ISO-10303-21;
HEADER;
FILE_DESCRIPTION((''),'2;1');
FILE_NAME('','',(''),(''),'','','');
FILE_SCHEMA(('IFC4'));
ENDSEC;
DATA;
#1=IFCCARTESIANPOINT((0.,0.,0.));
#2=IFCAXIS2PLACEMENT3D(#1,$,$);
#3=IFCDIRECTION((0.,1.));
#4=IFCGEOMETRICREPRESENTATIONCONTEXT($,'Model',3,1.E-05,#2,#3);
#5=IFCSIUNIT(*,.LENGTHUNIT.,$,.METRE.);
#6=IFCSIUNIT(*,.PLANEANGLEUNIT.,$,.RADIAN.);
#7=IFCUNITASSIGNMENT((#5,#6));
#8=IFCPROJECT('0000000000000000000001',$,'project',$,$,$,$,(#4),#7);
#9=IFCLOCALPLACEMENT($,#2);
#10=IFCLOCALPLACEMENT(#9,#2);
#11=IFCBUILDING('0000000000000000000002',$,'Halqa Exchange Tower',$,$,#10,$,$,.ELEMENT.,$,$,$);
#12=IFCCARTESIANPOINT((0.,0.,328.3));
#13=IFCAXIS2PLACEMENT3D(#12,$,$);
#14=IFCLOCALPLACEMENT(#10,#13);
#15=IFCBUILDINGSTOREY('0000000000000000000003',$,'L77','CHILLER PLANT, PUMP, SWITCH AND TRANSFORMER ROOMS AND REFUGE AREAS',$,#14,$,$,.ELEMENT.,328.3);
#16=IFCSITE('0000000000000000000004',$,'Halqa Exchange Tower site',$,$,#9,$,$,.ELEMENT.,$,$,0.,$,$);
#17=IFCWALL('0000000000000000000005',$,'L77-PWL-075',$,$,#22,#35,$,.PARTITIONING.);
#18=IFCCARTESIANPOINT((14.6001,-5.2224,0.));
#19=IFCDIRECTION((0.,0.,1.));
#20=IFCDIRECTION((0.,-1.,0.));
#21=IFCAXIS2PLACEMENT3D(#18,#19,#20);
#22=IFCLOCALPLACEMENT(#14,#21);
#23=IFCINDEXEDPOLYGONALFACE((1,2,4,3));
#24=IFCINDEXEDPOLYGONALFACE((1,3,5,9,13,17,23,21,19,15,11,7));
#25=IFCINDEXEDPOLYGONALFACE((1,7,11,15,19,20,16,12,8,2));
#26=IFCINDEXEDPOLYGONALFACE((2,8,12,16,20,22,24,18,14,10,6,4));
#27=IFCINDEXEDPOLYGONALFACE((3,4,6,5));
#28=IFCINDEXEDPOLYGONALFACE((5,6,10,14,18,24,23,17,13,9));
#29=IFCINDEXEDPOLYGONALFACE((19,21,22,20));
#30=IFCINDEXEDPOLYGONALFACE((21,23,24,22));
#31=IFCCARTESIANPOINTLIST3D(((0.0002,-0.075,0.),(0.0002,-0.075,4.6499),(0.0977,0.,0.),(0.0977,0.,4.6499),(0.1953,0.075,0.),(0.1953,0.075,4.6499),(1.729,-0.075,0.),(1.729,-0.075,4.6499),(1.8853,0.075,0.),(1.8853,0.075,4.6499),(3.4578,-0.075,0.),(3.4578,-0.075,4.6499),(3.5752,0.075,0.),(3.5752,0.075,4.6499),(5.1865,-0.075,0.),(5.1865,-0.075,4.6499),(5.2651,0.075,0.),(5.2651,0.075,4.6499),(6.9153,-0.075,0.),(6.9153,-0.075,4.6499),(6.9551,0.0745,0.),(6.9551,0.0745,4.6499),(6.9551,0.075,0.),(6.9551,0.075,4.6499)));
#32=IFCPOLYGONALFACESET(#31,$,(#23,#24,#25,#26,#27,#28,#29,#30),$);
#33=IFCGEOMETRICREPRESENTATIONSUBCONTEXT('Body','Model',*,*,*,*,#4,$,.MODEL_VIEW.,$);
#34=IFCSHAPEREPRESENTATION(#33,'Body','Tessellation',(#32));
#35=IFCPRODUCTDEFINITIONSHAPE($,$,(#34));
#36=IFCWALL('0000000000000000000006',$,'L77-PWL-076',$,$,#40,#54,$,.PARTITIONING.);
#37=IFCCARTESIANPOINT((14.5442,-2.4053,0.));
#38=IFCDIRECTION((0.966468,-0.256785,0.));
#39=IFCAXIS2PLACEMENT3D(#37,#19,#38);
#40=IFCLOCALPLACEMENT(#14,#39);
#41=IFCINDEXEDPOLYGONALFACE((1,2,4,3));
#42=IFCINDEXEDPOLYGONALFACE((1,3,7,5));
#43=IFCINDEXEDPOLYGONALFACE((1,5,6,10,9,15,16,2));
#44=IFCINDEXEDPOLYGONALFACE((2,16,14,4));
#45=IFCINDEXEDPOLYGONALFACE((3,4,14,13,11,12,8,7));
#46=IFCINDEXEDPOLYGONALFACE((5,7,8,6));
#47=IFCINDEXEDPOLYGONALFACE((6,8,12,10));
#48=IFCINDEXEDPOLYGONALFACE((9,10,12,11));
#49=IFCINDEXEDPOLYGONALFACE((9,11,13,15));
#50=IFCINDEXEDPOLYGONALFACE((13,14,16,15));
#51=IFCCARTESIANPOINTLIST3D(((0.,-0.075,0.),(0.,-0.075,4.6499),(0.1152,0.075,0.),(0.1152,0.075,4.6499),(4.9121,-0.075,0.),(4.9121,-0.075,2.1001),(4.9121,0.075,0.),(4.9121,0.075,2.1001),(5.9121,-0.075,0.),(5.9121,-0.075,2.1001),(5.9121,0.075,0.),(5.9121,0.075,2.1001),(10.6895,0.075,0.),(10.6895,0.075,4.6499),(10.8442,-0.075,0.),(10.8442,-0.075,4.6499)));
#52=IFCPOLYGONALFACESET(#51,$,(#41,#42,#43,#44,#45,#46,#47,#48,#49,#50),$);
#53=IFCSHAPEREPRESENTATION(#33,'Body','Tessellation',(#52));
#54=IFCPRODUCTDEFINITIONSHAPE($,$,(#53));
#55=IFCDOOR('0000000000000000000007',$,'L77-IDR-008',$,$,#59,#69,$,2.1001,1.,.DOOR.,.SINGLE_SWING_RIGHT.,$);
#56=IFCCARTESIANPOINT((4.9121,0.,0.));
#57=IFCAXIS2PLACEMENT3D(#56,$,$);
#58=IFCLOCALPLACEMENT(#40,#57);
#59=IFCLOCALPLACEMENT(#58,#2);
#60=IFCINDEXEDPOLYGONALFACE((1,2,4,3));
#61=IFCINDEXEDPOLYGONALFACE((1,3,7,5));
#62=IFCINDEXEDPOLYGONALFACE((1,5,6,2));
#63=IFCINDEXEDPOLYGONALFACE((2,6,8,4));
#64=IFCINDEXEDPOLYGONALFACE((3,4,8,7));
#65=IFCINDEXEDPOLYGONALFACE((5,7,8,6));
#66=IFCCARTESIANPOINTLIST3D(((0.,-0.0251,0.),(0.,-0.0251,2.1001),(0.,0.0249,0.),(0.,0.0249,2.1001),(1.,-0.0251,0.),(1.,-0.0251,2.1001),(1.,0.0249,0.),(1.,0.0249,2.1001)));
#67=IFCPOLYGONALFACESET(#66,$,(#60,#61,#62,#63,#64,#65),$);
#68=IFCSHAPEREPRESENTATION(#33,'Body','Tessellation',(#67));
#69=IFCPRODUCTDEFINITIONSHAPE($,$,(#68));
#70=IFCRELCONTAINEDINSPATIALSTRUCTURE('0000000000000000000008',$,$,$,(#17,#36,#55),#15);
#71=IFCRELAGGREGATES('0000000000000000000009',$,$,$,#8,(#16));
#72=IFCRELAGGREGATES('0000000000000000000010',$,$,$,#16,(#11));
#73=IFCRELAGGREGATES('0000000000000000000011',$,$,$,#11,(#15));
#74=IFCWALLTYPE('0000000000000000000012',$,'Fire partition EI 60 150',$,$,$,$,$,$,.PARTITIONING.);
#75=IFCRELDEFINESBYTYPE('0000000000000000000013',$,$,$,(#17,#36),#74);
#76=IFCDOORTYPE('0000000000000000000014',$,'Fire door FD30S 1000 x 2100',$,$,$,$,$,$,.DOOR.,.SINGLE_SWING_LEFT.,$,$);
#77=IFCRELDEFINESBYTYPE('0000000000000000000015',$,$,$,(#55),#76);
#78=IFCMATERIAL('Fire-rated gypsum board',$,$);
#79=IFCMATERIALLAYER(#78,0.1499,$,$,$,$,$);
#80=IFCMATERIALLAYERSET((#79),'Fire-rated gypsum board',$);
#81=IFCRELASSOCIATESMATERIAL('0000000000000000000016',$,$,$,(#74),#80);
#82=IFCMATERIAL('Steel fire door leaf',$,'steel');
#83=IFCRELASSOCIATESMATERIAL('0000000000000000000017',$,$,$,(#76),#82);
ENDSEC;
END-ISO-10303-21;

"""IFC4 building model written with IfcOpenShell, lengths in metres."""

from ifc_helpers import new_model, si_unit, direction, frame, frame_2d, origin, place, context, subcontext, project, spatial, polyline, rectangle, outline, extrude, material, layer, layer_set, type_object, element, fill, save


model = new_model("IFC4")

# Units and contexts
model_context = context("Model", 3, precision=1e-05, world=origin(), true_north=direction((0.0, 1.0)))
body_context = subcontext(model_context, "Body", "Model", "MODEL_VIEW")
ifc_project = project(units=[si_unit("LENGTHUNIT", "METRE"), si_unit("PLANEANGLEUNIT", "RADIAN")], contexts=[model_context])

# Site, building, storey
site_placement = place(None, origin())
site = spatial("IfcSite", under=ifc_project, at=site_placement, Name="Halqa Exchange Tower site", CompositionType="ELEMENT", RefElevation=0.0)
building_placement = place(site_placement, origin())
building = spatial("IfcBuilding", under=site, at=building_placement, Name="Halqa Exchange Tower", CompositionType="ELEMENT")
storey_placement = place(building_placement, frame((0.0, 0.0, 328.3)))
storey = spatial("IfcBuildingStorey", under=building, at=storey_placement, Name="L77", Description="CHILLER PLANT, PUMP, SWITCH AND TRANSFORMER ROOMS AND REFUGE AREAS", CompositionType="ELEMENT", Elevation=328.3)

# Wall
ifc_material_1 = material(Name="Fire-rated gypsum board")
ifc_layer_1 = layer(ifc_material_1, 0.1499)
ifc_layer_set_1 = layer_set([ifc_layer_1], Name="Fire-rated gypsum board")
wall_type_1 = type_object("IfcWallType", Name="Fire partition EI 60 150", PredefinedType="PARTITIONING", material=ifc_layer_set_1)
wall_1_placement = place(storey_placement, frame((14.6001, -5.2224, 0.0), z_axis=(0.0, 0.0, 1.0), x_axis=(0.0, -1.0, 0.0)))
element("IfcWall", 1, at=wall_1_placement, inside=storey, type_object=wall_type_1, Name="L77-PWL-075", PredefinedType="PARTITIONING", context=body_context, shape_type="SweptSolid", body=[
    extrude(outline(polyline([(0.0002, -0.075), (1.729, -0.075), (3.4578, -0.075), (5.1865, -0.075), (6.9153, -0.075), (6.9551, 0.0745), (6.9551, 0.075), (5.2651, 0.075), (3.5752, 0.075), (1.8853, 0.075), (0.1953, 0.075), (0.0977, 0.0), (0.0002, -0.075)])), origin(), (0.0, 0.0, 1.0), 4.6499),
])

# Wall, opening, door
wall_2_placement = place(storey_placement, frame((14.5442, -2.4053, 0.0), z_axis=(0.0, 0.0, 1.0), x_axis=(0.966468, -0.256785, 0.0)))
wall_2 = element("IfcWall", 2, at=wall_2_placement, inside=storey, type_object=wall_type_1, Name="L77-PWL-076", PredefinedType="PARTITIONING", context=body_context, shape_type="SweptSolid", body=[
    extrude(outline(polyline([(10.8442, -0.075), (10.8442, -0.075), (10.6895, 0.075), (8.927, 0.075), (7.1648, 0.075), (5.4023, 0.075), (3.6399, 0.075), (1.8777, 0.075), (0.1152, 0.075), (0.0, -0.075), (1.8074, -0.075), (3.6147, -0.075), (5.4221, -0.075), (7.2295, -0.075), (9.0369, -0.075), (10.8442, -0.075)])), origin(), (0.0, 0.0, 1.0), 4.6499),
])
opening_1_placement = place(wall_2_placement, frame((4.9121, 0.0, 0.0)))
opening_1 = element("IfcOpeningElement", 3, at=opening_1_placement, cuts=wall_2, PredefinedType="OPENING", context=body_context, shape_type="SweptSolid", body=[
    extrude(rectangle(XDim=1.0, YDim=2.1001, at=frame_2d((0.5, 1.05))), frame((0.0, 0.0869, 0.0), z_axis=(0.0, -1.0, 0.0), x_axis=(1.0, 0.0, 0.0)), (0.0, 0.0, 1.0), 0.1738),
])
ifc_material_2 = material(Name="Steel fire door leaf", Category="steel")
door_type_1 = type_object("IfcDoorType", Name="Fire door FD30S 1000 x 2100", OperationType="SINGLE_SWING_LEFT", PredefinedType="DOOR", material=ifc_material_2)
door_1_placement = place(opening_1_placement, origin())
door_1 = element("IfcDoor", 4, at=door_1_placement, inside=storey, type_object=door_type_1, Name="L77-IDR-008", OperationType="SINGLE_SWING_RIGHT", OverallHeight=2.1001, OverallWidth=1.0, PredefinedType="DOOR", context=body_context, shape_type="SweptSolid", body=[
    extrude(rectangle(XDim=1.0, YDim=2.1001, at=frame_2d((0.5, 1.05))), frame((0.0, 0.0249, 0.0), z_axis=(0.0, -1.0, 0.0), x_axis=(1.0, 0.0, 0.0)), (0.0, 0.0, 1.0), 0.05),
])
fill(opening_1, door_1)

save(model, "model.ifc")
